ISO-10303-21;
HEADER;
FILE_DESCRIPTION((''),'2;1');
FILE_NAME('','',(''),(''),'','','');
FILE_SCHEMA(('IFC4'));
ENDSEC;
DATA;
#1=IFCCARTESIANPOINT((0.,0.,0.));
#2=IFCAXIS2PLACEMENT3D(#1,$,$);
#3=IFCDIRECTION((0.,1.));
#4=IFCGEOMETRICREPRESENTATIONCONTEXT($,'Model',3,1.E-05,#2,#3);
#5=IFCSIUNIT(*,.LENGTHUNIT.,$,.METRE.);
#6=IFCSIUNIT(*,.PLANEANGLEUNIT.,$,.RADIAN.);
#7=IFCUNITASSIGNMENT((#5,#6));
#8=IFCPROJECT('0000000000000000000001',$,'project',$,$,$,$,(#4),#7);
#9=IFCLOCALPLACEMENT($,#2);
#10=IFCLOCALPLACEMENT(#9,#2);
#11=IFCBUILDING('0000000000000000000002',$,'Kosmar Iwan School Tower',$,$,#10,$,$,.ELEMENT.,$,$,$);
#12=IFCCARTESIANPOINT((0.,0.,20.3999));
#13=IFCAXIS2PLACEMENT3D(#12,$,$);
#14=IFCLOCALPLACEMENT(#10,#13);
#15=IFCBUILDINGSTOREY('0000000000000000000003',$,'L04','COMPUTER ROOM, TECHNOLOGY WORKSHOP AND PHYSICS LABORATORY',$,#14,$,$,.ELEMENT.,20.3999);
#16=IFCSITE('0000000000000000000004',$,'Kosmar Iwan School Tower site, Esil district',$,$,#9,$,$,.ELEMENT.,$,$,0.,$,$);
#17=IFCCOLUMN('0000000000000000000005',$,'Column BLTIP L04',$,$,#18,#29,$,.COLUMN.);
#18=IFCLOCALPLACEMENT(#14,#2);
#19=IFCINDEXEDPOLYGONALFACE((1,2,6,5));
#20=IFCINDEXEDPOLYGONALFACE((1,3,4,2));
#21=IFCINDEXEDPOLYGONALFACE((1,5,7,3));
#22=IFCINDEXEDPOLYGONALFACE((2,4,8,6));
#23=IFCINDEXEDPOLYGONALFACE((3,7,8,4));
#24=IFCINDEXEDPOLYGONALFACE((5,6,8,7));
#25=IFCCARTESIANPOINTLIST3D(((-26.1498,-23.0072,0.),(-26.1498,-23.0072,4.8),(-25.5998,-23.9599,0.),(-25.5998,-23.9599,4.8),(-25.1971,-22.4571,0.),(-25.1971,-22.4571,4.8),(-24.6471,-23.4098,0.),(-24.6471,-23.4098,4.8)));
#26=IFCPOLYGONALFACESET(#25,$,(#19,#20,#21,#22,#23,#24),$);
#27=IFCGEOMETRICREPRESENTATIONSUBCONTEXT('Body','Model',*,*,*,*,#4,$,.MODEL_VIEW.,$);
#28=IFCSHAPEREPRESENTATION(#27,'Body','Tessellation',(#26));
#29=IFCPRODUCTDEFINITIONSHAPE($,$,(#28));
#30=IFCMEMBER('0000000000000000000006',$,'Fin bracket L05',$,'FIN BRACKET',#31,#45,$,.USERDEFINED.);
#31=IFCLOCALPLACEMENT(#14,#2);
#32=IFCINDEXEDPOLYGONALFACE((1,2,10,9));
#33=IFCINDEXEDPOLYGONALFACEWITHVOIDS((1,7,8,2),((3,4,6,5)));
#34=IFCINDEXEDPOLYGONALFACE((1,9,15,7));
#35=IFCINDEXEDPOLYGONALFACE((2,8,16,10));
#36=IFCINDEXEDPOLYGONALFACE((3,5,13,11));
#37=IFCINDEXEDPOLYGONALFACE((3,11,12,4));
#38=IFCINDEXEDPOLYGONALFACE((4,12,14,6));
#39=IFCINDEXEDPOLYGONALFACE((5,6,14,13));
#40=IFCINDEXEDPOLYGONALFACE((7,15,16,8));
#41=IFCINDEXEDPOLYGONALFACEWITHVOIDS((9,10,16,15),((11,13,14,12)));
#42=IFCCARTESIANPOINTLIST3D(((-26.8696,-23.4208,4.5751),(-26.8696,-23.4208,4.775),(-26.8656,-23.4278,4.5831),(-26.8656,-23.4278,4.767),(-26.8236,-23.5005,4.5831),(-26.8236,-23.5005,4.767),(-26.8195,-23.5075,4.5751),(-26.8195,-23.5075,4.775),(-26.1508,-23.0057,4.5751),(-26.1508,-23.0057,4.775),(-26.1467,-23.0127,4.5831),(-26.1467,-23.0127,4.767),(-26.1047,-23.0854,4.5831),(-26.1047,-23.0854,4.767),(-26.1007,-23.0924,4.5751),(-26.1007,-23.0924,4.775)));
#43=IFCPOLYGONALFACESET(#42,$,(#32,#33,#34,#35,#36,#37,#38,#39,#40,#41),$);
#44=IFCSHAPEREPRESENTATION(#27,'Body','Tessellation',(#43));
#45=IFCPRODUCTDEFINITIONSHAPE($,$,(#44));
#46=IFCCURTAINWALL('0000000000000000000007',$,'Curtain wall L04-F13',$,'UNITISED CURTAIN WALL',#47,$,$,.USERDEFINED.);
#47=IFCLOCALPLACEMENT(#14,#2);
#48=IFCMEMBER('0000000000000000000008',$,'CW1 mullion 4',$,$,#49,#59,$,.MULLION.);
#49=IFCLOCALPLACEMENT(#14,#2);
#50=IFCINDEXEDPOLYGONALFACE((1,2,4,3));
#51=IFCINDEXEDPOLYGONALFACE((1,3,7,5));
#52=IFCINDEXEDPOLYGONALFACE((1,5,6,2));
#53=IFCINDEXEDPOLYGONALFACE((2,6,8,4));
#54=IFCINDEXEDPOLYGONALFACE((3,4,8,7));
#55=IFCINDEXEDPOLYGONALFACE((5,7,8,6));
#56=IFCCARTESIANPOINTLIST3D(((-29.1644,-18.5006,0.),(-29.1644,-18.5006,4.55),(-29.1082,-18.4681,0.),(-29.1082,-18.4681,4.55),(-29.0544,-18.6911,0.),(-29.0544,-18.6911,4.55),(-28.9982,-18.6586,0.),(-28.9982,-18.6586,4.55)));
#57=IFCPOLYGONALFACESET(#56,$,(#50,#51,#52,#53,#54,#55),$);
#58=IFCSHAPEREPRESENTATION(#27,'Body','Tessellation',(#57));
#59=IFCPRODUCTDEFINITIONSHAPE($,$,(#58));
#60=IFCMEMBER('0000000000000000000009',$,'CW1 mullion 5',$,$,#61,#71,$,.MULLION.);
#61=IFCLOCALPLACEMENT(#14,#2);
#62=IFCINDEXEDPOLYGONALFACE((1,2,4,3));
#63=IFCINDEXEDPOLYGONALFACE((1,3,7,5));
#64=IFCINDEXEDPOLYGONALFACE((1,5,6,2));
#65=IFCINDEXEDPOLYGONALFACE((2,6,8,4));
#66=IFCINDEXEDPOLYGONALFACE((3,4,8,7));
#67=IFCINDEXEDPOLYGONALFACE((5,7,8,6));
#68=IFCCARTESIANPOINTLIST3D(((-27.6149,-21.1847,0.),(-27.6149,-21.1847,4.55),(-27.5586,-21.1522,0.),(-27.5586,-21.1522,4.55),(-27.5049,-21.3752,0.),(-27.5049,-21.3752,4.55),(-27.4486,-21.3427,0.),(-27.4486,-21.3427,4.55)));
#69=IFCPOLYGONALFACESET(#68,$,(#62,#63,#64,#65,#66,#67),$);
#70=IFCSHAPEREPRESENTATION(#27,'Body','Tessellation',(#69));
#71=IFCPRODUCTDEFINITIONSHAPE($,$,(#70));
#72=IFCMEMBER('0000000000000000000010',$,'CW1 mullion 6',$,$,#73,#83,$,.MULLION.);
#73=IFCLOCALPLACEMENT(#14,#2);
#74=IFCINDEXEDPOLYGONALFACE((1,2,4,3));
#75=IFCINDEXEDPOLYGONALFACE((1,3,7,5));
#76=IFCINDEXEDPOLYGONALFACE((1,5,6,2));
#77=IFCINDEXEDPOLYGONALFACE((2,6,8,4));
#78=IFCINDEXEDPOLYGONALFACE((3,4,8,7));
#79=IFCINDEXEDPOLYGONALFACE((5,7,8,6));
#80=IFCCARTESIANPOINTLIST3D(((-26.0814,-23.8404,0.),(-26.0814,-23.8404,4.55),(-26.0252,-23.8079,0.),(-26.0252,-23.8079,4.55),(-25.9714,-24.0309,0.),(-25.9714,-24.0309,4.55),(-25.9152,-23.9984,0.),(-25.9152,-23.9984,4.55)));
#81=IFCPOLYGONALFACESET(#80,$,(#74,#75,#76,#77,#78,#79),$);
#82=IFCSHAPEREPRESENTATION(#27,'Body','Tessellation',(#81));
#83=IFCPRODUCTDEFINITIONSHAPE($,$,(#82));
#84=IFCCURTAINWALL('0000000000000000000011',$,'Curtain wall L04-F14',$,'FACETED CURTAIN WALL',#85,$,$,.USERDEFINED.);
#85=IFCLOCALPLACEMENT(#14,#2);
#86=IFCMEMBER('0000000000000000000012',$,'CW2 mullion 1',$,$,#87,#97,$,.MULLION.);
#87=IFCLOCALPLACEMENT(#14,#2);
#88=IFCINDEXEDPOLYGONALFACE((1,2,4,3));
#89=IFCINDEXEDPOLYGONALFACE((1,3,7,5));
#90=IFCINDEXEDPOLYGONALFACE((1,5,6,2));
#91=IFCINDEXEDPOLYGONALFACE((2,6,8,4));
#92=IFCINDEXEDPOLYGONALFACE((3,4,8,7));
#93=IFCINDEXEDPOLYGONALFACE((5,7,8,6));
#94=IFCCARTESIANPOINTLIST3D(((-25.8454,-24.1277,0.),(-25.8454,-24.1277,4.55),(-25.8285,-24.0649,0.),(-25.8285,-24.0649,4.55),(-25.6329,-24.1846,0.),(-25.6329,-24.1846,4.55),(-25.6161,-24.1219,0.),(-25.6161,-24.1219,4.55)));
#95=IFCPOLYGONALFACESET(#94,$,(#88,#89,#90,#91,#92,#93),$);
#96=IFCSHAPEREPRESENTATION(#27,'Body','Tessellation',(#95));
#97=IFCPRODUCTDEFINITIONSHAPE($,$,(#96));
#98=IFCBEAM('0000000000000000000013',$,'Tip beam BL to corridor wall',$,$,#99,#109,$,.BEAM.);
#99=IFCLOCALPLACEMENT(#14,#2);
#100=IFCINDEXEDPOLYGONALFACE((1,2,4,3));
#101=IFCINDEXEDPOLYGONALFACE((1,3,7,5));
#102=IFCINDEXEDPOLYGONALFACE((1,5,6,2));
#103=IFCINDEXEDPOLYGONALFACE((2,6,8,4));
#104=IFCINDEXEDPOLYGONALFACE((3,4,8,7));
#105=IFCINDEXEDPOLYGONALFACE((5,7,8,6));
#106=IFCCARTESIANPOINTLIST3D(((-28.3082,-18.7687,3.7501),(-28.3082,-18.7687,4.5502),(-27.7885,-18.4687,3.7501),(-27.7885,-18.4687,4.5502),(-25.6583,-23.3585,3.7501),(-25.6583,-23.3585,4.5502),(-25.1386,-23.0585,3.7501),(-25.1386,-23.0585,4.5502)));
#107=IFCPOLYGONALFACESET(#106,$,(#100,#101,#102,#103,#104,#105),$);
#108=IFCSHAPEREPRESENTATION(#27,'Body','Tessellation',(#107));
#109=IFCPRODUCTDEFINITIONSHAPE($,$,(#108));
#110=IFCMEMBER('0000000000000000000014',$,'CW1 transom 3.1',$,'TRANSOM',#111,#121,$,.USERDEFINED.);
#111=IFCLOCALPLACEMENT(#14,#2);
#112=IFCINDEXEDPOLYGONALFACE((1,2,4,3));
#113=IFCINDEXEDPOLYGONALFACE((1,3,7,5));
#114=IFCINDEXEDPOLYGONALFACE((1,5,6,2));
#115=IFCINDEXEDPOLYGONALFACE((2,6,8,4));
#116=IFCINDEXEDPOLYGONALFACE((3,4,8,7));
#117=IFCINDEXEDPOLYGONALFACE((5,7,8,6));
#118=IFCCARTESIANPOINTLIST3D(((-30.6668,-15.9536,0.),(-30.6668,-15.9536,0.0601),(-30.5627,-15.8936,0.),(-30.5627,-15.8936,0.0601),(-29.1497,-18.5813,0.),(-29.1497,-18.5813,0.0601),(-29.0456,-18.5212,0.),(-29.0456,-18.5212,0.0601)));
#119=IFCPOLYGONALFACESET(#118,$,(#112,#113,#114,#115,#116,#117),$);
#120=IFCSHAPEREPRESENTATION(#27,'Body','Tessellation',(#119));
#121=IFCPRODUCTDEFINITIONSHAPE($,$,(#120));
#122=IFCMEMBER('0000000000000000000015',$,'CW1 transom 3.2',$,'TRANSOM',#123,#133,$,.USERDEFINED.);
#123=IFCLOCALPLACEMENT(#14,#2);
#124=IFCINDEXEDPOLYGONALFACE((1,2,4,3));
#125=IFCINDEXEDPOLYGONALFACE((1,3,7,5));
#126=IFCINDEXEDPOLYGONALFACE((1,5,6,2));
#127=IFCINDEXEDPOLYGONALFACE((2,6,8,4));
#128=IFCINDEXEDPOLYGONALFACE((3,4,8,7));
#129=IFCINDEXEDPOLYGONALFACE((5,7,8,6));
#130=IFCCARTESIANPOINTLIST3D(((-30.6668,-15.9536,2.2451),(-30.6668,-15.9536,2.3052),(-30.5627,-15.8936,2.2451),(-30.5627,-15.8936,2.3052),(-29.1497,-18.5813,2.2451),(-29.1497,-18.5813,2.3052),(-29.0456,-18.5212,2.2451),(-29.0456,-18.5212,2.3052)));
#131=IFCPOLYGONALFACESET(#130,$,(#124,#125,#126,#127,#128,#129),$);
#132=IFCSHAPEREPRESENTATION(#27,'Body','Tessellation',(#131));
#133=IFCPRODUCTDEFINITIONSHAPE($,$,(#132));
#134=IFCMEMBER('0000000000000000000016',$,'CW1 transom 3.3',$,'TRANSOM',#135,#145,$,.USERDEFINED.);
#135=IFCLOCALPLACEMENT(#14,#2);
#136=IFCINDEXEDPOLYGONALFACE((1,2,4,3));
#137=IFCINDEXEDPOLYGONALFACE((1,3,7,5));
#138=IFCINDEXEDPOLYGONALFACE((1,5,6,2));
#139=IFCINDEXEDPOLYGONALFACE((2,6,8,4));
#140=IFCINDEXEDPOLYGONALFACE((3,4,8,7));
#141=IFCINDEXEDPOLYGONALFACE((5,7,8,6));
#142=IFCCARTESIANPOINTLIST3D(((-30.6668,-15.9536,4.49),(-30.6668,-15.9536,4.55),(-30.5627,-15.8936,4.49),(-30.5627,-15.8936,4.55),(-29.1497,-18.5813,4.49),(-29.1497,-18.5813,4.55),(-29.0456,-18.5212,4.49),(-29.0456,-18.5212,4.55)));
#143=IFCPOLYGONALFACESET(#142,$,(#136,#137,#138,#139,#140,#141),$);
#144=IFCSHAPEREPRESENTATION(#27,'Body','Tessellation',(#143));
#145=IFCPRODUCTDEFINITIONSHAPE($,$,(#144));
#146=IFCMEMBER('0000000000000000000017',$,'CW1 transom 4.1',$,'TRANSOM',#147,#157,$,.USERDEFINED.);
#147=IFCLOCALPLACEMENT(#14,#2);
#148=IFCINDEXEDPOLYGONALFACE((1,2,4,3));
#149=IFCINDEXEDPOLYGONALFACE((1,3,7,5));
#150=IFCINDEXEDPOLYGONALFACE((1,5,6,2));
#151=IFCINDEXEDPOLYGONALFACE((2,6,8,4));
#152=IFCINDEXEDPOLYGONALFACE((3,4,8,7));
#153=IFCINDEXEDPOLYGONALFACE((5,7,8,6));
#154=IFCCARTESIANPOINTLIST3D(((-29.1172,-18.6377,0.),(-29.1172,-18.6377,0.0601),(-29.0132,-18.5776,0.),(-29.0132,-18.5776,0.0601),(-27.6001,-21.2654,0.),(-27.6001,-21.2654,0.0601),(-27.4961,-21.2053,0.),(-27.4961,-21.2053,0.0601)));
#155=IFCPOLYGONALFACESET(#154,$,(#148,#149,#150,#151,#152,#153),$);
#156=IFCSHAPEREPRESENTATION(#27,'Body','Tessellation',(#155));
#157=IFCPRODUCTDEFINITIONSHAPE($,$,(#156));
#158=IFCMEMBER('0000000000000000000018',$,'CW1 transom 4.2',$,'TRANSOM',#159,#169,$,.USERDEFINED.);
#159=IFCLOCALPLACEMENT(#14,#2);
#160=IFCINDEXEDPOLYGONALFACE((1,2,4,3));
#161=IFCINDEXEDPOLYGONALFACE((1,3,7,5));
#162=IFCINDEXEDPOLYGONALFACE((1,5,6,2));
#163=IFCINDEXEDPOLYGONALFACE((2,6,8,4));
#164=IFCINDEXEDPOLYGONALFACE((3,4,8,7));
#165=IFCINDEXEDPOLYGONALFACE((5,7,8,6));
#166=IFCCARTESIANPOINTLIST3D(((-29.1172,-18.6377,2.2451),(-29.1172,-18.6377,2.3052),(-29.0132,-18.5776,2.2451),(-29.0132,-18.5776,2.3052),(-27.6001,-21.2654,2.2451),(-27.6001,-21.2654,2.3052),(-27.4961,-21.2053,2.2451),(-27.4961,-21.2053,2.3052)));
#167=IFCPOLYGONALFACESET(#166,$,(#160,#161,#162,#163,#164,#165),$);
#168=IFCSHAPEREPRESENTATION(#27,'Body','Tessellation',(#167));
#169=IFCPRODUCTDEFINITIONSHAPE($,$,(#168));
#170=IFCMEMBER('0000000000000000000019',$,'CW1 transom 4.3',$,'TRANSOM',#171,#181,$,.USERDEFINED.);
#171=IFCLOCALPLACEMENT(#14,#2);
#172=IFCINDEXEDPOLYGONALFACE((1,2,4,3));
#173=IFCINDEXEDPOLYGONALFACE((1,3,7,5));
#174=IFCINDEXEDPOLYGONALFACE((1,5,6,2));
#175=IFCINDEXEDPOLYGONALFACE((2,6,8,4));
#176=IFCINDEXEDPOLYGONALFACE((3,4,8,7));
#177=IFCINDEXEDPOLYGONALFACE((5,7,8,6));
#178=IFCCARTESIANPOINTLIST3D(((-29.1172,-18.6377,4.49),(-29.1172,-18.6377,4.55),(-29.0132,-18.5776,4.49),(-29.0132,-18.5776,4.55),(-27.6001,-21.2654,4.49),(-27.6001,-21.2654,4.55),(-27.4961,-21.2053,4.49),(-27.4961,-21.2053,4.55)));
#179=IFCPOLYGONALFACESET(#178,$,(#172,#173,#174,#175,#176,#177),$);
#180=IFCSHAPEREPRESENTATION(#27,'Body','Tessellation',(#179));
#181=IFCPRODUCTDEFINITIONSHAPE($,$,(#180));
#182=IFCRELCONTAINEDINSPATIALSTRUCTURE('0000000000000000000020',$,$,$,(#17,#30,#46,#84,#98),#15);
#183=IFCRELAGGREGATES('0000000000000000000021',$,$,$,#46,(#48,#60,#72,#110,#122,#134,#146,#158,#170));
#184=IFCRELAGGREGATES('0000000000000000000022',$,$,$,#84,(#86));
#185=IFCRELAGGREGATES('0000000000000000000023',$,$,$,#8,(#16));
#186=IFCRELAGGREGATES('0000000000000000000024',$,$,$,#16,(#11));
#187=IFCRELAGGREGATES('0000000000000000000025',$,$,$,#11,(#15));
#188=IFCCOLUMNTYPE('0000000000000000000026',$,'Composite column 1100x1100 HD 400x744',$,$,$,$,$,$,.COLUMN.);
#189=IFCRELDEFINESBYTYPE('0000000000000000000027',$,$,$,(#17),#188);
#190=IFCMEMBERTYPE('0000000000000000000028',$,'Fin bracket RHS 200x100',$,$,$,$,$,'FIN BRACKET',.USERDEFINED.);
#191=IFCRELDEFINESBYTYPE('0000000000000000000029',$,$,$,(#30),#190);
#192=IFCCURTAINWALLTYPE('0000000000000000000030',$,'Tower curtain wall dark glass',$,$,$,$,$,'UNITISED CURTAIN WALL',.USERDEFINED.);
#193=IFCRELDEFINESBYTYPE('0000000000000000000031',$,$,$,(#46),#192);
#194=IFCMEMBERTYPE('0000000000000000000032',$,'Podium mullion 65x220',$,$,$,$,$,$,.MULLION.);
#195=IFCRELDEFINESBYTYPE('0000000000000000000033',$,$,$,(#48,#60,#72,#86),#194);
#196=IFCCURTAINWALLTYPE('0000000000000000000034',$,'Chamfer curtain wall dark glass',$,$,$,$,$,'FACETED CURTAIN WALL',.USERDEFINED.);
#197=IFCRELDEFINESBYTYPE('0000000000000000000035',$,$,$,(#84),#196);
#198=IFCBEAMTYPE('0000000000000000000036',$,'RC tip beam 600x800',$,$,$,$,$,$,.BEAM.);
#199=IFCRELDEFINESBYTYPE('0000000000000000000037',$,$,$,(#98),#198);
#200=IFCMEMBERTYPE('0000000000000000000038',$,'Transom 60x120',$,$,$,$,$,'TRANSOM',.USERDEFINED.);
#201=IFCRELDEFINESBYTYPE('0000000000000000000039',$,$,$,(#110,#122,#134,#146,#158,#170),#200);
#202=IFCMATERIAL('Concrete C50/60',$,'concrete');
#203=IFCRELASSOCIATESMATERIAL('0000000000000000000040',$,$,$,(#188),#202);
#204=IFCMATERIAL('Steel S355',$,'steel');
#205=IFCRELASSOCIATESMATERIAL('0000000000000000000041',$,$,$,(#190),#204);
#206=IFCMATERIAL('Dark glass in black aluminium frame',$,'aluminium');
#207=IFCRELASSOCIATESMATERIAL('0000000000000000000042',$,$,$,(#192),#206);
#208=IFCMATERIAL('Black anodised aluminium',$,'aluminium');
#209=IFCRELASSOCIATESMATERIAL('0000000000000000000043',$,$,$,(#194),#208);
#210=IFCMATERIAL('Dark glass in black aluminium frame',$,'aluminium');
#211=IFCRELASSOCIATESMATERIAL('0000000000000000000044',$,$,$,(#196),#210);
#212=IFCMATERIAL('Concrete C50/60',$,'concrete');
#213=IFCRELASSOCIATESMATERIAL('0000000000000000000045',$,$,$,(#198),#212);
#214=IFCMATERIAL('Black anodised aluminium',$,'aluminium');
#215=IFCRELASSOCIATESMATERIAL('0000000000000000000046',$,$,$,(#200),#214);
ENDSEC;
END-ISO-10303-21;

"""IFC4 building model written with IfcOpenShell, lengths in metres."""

from ifc_helpers import new_model, si_unit, direction, frame, origin, origin_2d, place, context, subcontext, project, spatial, rectangle, hollow_rectangle, extrude, material, material_profile, profile_set, type_object, element, aggregate, save


model = new_model("IFC4")

# Units and contexts
model_context = context("Model", 3, precision=1e-05, world=origin(), true_north=direction((0.0, 1.0)))
body_context = subcontext(model_context, "Body", "Model", "MODEL_VIEW")
ifc_project = project(units=[si_unit("LENGTHUNIT", "METRE"), si_unit("PLANEANGLEUNIT", "RADIAN")], contexts=[model_context])

# Site, building, storey
site_placement = place(None, origin())
site = spatial("IfcSite", under=ifc_project, at=site_placement, Name="Kosmar Iwan School Tower site, Esil district", CompositionType="ELEMENT", RefElevation=0.0)
building_placement = place(site_placement, origin())
building = spatial("IfcBuilding", under=site, at=building_placement, Name="Kosmar Iwan School Tower", CompositionType="ELEMENT")
storey_placement = place(building_placement, frame((0.0, 0.0, 20.3999)))
storey = spatial("IfcBuildingStorey", under=building, at=storey_placement, Name="L04", Description="COMPUTER ROOM, TECHNOLOGY WORKSHOP AND PHYSICS LABORATORY", CompositionType="ELEMENT", Elevation=20.3999)

# Column
ifc_material_1 = material(Name="Concrete C50/60", Category="concrete")
ifc_material_profile_1 = material_profile(ifc_material_1, rectangle(XDim=1.1001, YDim=1.1001, at=origin_2d()), Name="RC 1100x1100 + HD 400x744")
ifc_profile_set_1 = profile_set([ifc_material_profile_1], Name="Concrete C50/60")
column_type = type_object("IfcColumnType", Name="Composite column 1100x1100 HD 400x744", PredefinedType="COLUMN", material=ifc_profile_set_1)
column_placement = place(storey_placement, frame((-25.3984, -23.2085, 0.0), z_axis=(0.0, 0.0, 1.0), x_axis=(-0.866025, -0.5, 0.0)))
element("IfcColumn", 1, at=column_placement, inside=storey, type_object=column_type, Name="Column BLTIP L04", PredefinedType="COLUMN", context=body_context, shape_type="SweptSolid", body=[
    extrude(rectangle(XDim=1.1001, YDim=1.1001, at=origin_2d()), origin(), (0.0, 0.0, 1.0), 4.8),
])

# Member
ifc_material_2 = material(Name="Steel S355", Category="steel")
ifc_material_profile_2 = material_profile(ifc_material_2, hollow_rectangle(XDim=0.1001, YDim=0.2, WallThickness=0.0081, at=origin_2d()), Name="RHS 200x100x8")
ifc_profile_set_2 = profile_set([ifc_material_profile_2], Name="Steel S355")
member_type_1 = type_object("IfcMemberType", Name="Fin bracket RHS 200x100", ElementType="FIN BRACKET", PredefinedType="USERDEFINED", material=ifc_profile_set_2)
member_1_placement = place(storey_placement, frame((-26.1257, -23.0491, 4.675), z_axis=(-0.86599, -0.500062, 0.0), x_axis=(0.500062, -0.86599, 0.0)))
element("IfcMember", 2, at=member_1_placement, inside=storey, type_object=member_type_1, Name="Fin bracket L05", ObjectType="FIN BRACKET", PredefinedType="USERDEFINED", context=body_context, shape_type="SweptSolid", body=[
    extrude(hollow_rectangle(XDim=0.1001, YDim=0.2, WallThickness=0.0081, at=origin_2d()), origin(), (0.0, 0.0, 1.0), 0.8301),
])

# Curtain wall, members
ifc_material_3 = material(Name="Dark glass in black aluminium frame", Category="aluminium")
curtain_wall_type_1 = type_object("IfcCurtainWallType", Name="Tower curtain wall dark glass", ElementType="UNITISED CURTAIN WALL", PredefinedType="USERDEFINED", material=ifc_material_3)
curtain_wall_1_placement = place(storey_placement, origin())
curtain_wall_1 = element("IfcCurtainWall", 3, at=curtain_wall_1_placement, inside=storey, type_object=curtain_wall_type_1, Name="Curtain wall L04-F13", ObjectType="UNITISED CURTAIN WALL", PredefinedType="USERDEFINED")
ifc_material_4 = material(Name="Black anodised aluminium", Category="aluminium")
ifc_material_profile_3 = material_profile(ifc_material_4, rectangle(XDim=0.0649, YDim=0.22, at=origin_2d()), Name="MULLION 65x220")
ifc_profile_set_3 = profile_set([ifc_material_profile_3], Name="Black anodised aluminium")
member_type_2 = type_object("IfcMemberType", Name="Podium mullion 65x220", PredefinedType="MULLION", material=ifc_profile_set_3)
member_2_placement = place(storey_placement, frame((-29.0813, -18.5796, 0.0), z_axis=(0.0, 0.0, 1.0), x_axis=(0.866025, 0.5, 0.0)))
member_2 = element("IfcMember", 4, at=member_2_placement, type_object=member_type_2, Name="CW1 mullion 4", PredefinedType="MULLION", context=body_context, shape_type="SweptSolid", body=[
    extrude(rectangle(XDim=0.0649, YDim=0.22, at=origin_2d()), origin(), (0.0, 0.0, 1.0), 4.55),
])
member_3_placement = place(storey_placement, frame((-27.5317, -21.2637, 0.0), z_axis=(0.0, 0.0, 1.0), x_axis=(0.866025, 0.5, 0.0)))
member_3 = element("IfcMember", 5, at=member_3_placement, type_object=member_type_2, Name="CW1 mullion 5", PredefinedType="MULLION", context=body_context, shape_type="SweptSolid", body=[
    extrude(rectangle(XDim=0.0649, YDim=0.22, at=origin_2d()), origin(), (0.0, 0.0, 1.0), 4.55),
])
member_4_placement = place(storey_placement, frame((-25.9983, -23.9194, 0.0), z_axis=(0.0, 0.0, 1.0), x_axis=(0.866025, 0.5, 0.0)))
member_4 = element("IfcMember", 6, at=member_4_placement, type_object=member_type_2, Name="CW1 mullion 6", PredefinedType="MULLION", context=body_context, shape_type="SweptSolid", body=[
    extrude(rectangle(XDim=0.0649, YDim=0.22, at=origin_2d()), origin(), (0.0, 0.0, 1.0), 4.55),
])

# Curtain wall, member
ifc_material_5 = material(Name="Dark glass in black aluminium frame", Category="aluminium")
curtain_wall_type_2 = type_object("IfcCurtainWallType", Name="Chamfer curtain wall dark glass", ElementType="FACETED CURTAIN WALL", PredefinedType="USERDEFINED", material=ifc_material_5)
curtain_wall_2_placement = place(storey_placement, origin())
curtain_wall_2 = element("IfcCurtainWall", 7, at=curtain_wall_2_placement, inside=storey, type_object=curtain_wall_type_2, Name="Curtain wall L04-F14", ObjectType="FACETED CURTAIN WALL", PredefinedType="USERDEFINED")
member_5_placement = place(storey_placement, frame((-25.7307, -24.1248, 0.0), z_axis=(0.0, 0.0, 1.0), x_axis=(0.258819, 0.965926, 0.0)))
member_5 = element("IfcMember", 8, at=member_5_placement, type_object=member_type_2, Name="CW2 mullion 1", PredefinedType="MULLION", context=body_context, shape_type="SweptSolid", body=[
    extrude(rectangle(XDim=0.0649, YDim=0.22, at=origin_2d()), origin(), (0.0, 0.0, 1.0), 4.55),
])

# Beam
ifc_material_6 = material(Name="Concrete C50/60", Category="concrete")
ifc_material_profile_4 = material_profile(ifc_material_6, rectangle(XDim=0.6001, YDim=0.8, at=origin_2d()), Name="RC 600x800")
ifc_profile_set_4 = profile_set([ifc_material_profile_4], Name="Concrete C50/60")
beam_type = type_object("IfcBeamType", Name="RC tip beam 600x800", PredefinedType="BEAM", material=ifc_profile_set_4)
beam_placement = place(storey_placement, frame((-25.3984, -23.2085, 4.1501), z_axis=(-0.499994, 0.866029, 0.0), x_axis=(-0.866029, -0.499994, 0.0)))
element("IfcBeam", 9, at=beam_placement, inside=storey, type_object=beam_type, Name="Tip beam BL to corridor wall", PredefinedType="BEAM", context=body_context, shape_type="SweptSolid", body=[
    extrude(rectangle(XDim=0.6001, YDim=0.8, at=origin_2d()), origin(), (0.0, 0.0, 1.0), 5.2998),
])

# Members
ifc_material_7 = material(Name="Black anodised aluminium", Category="aluminium")
ifc_material_profile_5 = material_profile(ifc_material_7, rectangle(XDim=0.1201, YDim=0.0601, at=origin_2d()), Name="TRANSOM 60x120")
ifc_profile_set_5 = profile_set([ifc_material_profile_5], Name="Black anodised aluminium")
member_type_3 = type_object("IfcMemberType", Name="Transom 60x120", ElementType="TRANSOM", PredefinedType="USERDEFINED", material=ifc_profile_set_5)
member_6_placement = place(storey_placement, frame((-30.6147, -15.9236, 0.03), z_axis=(0.499999, -0.866026, 0.0), x_axis=(0.866026, 0.499999, 0.0)))
member_6 = element("IfcMember", 10, at=member_6_placement, type_object=member_type_3, Name="CW1 transom 3.1", ObjectType="TRANSOM", PredefinedType="USERDEFINED", context=body_context, shape_type="SweptSolid", body=[
    extrude(rectangle(XDim=0.1201, YDim=0.0601, at=origin_2d()), origin(), (0.0, 0.0, 1.0), 3.0342),
])
member_7_placement = place(storey_placement, frame((-30.6147, -15.9236, 2.2751), z_axis=(0.499999, -0.866026, 0.0), x_axis=(0.866026, 0.499999, 0.0)))
member_7 = element("IfcMember", 11, at=member_7_placement, type_object=member_type_3, Name="CW1 transom 3.2", ObjectType="TRANSOM", PredefinedType="USERDEFINED", context=body_context, shape_type="SweptSolid", body=[
    extrude(rectangle(XDim=0.1201, YDim=0.0601, at=origin_2d()), origin(), (0.0, 0.0, 1.0), 3.0342),
])
member_8_placement = place(storey_placement, frame((-30.6147, -15.9236, 4.52), z_axis=(0.499999, -0.866026, 0.0), x_axis=(0.866026, 0.499999, 0.0)))
member_8 = element("IfcMember", 12, at=member_8_placement, type_object=member_type_3, Name="CW1 transom 3.3", ObjectType="TRANSOM", PredefinedType="USERDEFINED", context=body_context, shape_type="SweptSolid", body=[
    extrude(rectangle(XDim=0.1201, YDim=0.0601, at=origin_2d()), origin(), (0.0, 0.0, 1.0), 3.0342),
])
member_9_placement = place(storey_placement, frame((-29.0652, -18.6077, 0.03), z_axis=(0.499999, -0.866026, 0.0), x_axis=(0.866026, 0.499999, 0.0)))
member_9 = element("IfcMember", 13, at=member_9_placement, type_object=member_type_3, Name="CW1 transom 4.1", ObjectType="TRANSOM", PredefinedType="USERDEFINED", context=body_context, shape_type="SweptSolid", body=[
    extrude(rectangle(XDim=0.1201, YDim=0.0601, at=origin_2d()), origin(), (0.0, 0.0, 1.0), 3.0342),
])
member_10_placement = place(storey_placement, frame((-29.0652, -18.6077, 2.2751), z_axis=(0.499999, -0.866026, 0.0), x_axis=(0.866026, 0.499999, 0.0)))
member_10 = element("IfcMember", 14, at=member_10_placement, type_object=member_type_3, Name="CW1 transom 4.2", ObjectType="TRANSOM", PredefinedType="USERDEFINED", context=body_context, shape_type="SweptSolid", body=[
    extrude(rectangle(XDim=0.1201, YDim=0.0601, at=origin_2d()), origin(), (0.0, 0.0, 1.0), 3.0342),
])
member_11_placement = place(storey_placement, frame((-29.0652, -18.6077, 4.52), z_axis=(0.499999, -0.866026, 0.0), x_axis=(0.866026, 0.499999, 0.0)))
member_11 = element("IfcMember", 15, at=member_11_placement, type_object=member_type_3, Name="CW1 transom 4.3", ObjectType="TRANSOM", PredefinedType="USERDEFINED", context=body_context, shape_type="SweptSolid", body=[
    extrude(rectangle(XDim=0.1201, YDim=0.0601, at=origin_2d()), origin(), (0.0, 0.0, 1.0), 3.0342),
])

aggregate(curtain_wall_1, [member_2, member_3, member_4, member_6, member_7, member_8, member_9, member_10, member_11])
aggregate(curtain_wall_2, [member_5])

save(model, "model.ifc")
